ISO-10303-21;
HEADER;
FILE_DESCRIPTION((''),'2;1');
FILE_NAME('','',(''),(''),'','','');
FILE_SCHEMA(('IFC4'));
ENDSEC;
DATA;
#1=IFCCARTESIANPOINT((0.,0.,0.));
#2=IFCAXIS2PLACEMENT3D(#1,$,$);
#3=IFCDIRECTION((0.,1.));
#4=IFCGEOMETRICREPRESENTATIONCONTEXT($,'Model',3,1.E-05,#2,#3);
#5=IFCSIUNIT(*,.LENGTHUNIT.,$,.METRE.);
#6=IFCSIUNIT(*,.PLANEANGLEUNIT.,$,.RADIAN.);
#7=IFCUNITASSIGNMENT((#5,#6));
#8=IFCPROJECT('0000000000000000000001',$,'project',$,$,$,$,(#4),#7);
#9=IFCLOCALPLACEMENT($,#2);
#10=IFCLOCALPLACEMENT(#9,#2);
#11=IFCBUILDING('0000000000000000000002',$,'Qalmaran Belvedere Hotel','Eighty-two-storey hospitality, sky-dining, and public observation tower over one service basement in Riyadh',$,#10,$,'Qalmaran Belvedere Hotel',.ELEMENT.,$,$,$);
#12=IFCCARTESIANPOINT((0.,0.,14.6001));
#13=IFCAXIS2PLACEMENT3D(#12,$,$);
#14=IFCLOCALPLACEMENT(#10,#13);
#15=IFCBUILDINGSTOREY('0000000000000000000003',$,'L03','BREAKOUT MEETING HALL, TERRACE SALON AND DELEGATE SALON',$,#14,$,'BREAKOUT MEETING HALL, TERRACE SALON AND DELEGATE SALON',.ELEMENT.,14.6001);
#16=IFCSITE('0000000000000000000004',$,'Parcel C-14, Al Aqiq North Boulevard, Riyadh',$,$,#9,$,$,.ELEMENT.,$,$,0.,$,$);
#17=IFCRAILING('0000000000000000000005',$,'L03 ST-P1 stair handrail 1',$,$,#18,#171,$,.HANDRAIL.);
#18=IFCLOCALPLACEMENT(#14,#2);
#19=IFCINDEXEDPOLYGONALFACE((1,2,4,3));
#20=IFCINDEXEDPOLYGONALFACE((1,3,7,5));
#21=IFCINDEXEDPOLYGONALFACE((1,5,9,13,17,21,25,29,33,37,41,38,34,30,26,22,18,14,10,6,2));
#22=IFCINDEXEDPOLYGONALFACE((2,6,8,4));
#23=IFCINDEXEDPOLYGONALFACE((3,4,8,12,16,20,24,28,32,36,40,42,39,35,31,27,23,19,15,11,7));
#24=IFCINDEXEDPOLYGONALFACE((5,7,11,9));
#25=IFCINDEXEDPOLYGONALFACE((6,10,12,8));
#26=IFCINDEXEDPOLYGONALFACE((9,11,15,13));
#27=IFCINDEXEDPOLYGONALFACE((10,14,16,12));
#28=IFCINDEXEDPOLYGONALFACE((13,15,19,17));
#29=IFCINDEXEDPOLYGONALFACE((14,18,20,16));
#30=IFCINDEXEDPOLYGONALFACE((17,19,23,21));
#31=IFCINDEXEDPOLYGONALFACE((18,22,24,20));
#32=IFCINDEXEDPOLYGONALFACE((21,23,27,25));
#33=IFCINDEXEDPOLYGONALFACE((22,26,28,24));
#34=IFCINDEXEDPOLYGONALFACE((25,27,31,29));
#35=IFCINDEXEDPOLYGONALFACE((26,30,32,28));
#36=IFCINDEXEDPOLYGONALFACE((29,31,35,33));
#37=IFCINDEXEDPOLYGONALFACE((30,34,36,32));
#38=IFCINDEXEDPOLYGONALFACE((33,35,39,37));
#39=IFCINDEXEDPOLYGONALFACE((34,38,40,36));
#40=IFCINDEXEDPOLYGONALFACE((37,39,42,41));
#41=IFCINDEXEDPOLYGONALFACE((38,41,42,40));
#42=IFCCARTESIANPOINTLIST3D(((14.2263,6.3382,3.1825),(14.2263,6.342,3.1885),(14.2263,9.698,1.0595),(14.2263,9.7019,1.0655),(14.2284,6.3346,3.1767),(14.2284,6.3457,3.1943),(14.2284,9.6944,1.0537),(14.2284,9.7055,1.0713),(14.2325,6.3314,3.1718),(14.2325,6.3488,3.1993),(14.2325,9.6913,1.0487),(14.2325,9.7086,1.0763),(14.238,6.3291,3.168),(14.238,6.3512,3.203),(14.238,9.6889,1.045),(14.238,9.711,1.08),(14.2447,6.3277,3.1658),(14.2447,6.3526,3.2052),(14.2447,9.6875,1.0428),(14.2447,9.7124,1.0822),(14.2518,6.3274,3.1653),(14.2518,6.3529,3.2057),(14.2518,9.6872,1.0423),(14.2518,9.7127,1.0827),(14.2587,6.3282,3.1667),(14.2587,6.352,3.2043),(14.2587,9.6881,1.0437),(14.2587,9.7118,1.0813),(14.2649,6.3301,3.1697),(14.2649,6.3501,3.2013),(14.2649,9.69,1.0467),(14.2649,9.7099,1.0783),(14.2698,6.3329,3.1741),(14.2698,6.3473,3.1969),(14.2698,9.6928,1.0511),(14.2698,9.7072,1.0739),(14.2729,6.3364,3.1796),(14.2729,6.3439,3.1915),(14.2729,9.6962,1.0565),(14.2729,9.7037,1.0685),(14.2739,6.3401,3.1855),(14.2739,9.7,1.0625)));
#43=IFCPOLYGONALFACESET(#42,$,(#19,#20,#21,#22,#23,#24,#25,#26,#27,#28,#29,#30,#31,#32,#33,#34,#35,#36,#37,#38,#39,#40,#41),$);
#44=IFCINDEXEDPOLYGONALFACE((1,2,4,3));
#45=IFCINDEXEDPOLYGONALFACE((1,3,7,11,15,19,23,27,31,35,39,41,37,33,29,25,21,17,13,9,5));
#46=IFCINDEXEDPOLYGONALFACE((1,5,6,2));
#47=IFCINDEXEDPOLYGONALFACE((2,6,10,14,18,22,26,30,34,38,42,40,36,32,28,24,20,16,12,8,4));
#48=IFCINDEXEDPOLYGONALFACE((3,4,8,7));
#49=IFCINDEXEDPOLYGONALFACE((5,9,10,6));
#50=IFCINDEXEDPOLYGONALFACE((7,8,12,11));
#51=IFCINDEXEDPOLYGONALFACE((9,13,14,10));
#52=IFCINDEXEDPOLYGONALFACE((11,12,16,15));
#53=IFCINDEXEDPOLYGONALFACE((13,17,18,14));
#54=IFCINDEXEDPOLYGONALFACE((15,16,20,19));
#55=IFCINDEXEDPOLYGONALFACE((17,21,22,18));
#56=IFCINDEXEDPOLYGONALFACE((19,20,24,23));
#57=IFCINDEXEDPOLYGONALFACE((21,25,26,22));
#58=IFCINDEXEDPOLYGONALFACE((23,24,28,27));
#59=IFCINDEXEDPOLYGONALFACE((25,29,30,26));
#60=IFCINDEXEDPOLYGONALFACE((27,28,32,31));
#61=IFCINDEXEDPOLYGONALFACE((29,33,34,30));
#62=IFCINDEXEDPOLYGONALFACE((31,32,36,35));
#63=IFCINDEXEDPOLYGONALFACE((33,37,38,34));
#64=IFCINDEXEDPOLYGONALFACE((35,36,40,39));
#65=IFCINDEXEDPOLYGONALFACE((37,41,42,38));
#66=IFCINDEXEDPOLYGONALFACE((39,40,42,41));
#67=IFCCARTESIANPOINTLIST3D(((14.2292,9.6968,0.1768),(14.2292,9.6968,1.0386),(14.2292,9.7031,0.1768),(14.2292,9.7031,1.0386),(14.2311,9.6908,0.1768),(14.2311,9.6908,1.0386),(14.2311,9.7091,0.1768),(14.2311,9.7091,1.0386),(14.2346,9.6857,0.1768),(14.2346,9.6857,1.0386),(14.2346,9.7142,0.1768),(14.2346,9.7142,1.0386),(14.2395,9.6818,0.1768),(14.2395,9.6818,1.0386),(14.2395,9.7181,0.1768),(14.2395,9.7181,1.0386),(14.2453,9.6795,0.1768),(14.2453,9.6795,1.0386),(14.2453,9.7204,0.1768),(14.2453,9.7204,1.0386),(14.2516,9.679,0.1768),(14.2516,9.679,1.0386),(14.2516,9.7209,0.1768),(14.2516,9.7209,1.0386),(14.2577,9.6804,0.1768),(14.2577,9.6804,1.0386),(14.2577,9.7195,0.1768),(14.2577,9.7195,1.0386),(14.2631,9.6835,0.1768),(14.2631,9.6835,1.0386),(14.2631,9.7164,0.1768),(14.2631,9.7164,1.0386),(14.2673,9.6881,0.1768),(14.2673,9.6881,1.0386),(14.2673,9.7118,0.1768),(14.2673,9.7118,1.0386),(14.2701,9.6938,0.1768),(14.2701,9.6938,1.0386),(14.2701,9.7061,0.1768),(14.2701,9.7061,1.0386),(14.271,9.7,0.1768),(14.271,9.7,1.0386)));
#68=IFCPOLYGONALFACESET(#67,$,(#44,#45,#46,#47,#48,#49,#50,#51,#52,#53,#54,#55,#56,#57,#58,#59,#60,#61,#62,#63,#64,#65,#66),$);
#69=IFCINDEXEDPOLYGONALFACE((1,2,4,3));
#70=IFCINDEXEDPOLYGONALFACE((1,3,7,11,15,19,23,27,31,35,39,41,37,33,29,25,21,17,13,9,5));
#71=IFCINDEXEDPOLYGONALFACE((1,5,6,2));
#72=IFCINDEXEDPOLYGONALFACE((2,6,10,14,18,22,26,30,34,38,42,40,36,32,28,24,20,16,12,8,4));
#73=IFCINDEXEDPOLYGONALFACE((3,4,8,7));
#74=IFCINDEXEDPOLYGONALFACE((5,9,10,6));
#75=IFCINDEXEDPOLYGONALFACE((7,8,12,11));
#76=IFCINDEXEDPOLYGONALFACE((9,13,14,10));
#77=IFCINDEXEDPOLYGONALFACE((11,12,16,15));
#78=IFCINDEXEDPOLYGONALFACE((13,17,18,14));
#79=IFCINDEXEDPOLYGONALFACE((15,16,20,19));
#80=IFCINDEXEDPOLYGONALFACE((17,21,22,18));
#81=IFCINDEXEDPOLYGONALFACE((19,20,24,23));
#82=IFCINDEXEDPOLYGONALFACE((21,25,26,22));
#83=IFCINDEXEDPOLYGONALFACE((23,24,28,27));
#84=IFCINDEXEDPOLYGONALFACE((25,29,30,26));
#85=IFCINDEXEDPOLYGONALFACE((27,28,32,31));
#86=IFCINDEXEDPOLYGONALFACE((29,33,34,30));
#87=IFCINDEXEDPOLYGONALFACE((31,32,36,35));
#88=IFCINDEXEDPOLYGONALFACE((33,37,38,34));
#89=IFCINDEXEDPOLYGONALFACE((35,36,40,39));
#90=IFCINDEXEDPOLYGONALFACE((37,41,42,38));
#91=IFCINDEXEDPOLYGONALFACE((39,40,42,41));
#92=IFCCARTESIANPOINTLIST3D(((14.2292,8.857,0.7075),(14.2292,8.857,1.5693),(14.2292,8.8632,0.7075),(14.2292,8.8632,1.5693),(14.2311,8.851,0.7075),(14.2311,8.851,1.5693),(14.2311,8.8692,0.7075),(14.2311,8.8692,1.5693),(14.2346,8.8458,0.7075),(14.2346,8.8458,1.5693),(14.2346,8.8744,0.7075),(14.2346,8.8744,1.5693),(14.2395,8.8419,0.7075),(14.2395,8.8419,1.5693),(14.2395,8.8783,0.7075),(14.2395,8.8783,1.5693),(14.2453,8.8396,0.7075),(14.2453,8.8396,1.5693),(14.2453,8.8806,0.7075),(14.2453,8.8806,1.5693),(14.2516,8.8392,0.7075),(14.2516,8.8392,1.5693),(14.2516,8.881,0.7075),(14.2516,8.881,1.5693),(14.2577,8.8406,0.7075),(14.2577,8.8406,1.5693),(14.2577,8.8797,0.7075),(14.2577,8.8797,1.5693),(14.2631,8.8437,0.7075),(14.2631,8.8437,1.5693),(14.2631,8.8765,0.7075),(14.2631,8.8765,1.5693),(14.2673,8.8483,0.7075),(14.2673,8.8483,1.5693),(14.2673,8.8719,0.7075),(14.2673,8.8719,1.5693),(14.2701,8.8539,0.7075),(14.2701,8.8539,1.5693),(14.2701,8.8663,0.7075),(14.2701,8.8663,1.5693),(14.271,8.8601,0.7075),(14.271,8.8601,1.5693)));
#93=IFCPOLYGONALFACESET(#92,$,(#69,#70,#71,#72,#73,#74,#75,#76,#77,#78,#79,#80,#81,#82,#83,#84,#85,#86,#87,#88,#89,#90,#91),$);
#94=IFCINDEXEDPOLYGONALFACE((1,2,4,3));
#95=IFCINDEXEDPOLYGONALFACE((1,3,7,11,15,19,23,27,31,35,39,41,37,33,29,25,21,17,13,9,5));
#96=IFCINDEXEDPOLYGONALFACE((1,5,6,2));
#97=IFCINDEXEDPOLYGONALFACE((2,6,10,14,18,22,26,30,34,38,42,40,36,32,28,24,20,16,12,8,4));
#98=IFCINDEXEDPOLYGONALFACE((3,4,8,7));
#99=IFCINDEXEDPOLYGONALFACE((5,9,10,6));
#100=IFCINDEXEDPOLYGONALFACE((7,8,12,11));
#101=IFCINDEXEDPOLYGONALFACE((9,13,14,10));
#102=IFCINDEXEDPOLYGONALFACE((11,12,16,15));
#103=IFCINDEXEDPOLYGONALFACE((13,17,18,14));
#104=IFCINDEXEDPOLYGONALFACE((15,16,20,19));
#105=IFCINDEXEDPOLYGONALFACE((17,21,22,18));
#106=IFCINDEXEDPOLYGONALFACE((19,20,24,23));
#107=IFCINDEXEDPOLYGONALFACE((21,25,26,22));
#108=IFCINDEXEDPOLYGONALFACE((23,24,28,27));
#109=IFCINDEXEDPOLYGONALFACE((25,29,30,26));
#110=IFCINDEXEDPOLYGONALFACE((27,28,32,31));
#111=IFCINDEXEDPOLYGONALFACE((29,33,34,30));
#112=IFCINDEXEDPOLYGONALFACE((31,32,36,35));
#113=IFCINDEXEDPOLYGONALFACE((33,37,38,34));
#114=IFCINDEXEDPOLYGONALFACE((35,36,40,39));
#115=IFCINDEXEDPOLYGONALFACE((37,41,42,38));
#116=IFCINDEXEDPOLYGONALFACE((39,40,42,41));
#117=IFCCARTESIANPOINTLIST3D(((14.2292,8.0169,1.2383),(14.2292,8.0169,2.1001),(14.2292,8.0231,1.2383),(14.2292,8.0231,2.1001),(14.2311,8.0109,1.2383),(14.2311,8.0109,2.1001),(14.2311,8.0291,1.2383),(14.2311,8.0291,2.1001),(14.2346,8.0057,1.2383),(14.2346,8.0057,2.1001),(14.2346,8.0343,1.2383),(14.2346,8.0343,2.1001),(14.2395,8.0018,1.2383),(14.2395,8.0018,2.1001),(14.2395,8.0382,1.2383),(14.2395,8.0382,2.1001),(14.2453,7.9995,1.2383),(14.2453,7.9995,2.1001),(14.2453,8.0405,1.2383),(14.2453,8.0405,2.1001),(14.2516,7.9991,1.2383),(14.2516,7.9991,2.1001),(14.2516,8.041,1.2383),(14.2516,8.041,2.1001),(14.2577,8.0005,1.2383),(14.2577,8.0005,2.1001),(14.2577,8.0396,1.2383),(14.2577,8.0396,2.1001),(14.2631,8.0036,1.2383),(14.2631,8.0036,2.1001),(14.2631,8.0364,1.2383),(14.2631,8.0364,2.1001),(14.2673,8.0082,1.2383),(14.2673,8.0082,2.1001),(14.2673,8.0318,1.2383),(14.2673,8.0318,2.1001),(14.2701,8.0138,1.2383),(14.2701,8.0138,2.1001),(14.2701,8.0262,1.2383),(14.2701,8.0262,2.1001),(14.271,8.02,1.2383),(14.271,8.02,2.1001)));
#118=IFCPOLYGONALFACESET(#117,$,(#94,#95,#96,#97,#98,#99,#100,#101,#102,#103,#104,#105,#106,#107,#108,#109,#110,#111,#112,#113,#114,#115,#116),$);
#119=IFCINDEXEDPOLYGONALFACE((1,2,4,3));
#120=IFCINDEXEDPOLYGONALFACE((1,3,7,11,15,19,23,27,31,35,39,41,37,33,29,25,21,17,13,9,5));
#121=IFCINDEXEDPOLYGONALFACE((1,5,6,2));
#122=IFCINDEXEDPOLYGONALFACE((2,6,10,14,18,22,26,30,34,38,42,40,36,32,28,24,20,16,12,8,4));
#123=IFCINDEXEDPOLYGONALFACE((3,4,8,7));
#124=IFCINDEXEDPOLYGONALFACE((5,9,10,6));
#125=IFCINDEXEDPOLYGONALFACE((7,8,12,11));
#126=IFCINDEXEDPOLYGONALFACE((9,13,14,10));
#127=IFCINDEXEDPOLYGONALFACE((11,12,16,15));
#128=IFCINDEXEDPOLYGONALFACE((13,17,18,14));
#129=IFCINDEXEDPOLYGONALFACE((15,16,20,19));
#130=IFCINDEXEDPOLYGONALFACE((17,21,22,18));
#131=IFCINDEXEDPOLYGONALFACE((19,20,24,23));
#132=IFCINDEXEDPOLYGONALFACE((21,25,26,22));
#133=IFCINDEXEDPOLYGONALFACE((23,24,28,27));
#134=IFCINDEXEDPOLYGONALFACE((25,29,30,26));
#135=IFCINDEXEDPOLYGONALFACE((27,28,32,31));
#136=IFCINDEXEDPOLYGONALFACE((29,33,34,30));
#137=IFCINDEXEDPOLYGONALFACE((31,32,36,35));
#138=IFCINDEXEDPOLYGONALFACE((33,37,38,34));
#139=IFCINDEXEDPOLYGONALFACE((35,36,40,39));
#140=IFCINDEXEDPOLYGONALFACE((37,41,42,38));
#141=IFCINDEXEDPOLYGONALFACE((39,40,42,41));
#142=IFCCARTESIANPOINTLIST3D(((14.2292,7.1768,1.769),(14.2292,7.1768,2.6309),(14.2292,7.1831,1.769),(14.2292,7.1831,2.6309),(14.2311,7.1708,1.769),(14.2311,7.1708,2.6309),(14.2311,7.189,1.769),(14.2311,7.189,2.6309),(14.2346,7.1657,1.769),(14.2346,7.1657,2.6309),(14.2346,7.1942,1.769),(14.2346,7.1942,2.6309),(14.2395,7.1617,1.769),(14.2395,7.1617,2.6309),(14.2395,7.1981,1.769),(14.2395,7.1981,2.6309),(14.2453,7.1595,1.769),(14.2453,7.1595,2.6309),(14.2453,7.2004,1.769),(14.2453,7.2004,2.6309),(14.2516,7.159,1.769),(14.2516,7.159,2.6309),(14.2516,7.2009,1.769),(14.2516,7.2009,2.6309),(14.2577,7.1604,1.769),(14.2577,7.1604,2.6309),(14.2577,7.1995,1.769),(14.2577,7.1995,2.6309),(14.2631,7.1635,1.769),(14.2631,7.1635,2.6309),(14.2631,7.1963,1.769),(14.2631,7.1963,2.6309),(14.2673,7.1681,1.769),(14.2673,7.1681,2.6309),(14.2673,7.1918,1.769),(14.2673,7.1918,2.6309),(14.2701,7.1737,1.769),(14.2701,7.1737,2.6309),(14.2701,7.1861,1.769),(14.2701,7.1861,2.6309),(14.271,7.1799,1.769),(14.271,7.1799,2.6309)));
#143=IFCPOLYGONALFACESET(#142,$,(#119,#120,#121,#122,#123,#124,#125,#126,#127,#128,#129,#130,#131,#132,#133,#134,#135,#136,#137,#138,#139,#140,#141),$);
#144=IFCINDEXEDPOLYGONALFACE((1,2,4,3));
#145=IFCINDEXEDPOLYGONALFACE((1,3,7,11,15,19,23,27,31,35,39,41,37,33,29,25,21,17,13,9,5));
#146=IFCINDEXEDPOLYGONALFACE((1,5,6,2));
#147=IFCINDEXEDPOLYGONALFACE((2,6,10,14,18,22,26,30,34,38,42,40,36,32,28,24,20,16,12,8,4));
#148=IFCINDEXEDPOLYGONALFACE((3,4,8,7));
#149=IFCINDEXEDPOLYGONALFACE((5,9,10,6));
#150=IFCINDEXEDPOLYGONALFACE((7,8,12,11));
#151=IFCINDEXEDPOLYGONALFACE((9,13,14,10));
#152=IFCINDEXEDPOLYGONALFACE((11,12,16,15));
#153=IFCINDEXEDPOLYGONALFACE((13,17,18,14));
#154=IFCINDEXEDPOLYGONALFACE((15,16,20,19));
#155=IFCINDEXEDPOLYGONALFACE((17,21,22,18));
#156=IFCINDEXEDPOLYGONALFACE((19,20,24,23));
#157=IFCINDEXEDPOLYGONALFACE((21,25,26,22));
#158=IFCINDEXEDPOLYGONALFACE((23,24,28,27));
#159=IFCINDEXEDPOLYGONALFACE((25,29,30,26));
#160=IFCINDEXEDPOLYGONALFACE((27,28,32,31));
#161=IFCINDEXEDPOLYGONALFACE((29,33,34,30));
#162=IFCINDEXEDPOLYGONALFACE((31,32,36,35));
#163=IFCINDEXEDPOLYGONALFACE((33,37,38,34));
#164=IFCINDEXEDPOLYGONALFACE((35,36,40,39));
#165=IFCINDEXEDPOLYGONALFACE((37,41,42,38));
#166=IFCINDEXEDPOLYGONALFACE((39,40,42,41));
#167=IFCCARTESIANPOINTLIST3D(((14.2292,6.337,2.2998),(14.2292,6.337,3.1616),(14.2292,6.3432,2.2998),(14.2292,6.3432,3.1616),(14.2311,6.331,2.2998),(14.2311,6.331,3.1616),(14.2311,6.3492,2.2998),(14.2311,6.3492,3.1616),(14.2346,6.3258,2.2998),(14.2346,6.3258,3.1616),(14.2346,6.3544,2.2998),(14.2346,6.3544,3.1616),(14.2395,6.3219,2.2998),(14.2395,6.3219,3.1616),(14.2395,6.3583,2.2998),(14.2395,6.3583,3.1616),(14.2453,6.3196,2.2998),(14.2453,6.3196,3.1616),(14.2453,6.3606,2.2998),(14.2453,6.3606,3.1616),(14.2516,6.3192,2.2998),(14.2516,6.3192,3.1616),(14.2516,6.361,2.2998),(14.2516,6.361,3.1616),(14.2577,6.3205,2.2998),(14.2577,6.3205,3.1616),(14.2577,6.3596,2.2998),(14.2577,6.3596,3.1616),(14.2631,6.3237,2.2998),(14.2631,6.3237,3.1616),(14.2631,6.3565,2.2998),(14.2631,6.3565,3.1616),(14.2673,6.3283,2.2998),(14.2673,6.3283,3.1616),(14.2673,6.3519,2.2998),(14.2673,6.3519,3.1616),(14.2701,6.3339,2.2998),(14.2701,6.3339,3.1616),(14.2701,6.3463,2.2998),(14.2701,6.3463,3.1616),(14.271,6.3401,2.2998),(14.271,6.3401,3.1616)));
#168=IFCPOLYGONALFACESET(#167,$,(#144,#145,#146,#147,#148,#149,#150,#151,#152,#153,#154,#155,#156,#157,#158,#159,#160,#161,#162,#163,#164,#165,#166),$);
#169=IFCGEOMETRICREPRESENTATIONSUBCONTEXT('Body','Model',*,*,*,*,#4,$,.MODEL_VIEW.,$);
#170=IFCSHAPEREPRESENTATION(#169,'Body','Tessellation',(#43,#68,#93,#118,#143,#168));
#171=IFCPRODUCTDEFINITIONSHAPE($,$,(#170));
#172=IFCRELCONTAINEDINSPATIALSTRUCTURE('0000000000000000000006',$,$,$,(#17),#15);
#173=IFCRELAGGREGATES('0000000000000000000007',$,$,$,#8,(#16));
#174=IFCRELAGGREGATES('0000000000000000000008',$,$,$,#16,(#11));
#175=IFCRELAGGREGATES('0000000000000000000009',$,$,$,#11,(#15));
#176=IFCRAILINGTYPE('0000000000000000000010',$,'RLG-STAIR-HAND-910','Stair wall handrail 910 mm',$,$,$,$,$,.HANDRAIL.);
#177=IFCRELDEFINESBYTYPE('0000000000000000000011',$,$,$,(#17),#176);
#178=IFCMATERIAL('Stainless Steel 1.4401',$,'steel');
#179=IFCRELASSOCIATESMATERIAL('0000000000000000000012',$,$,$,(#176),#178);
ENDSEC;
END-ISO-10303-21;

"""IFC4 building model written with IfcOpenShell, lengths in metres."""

from ifc_helpers import new_model, si_unit, direction, frame, origin, origin_2d, place, context, subcontext, project, spatial, circle, extrude, material, type_object, element, save


model = new_model("IFC4")

# Units and contexts
model_context = context("Model", 3, precision=1e-05, world=origin(), true_north=direction((0.0, 1.0)))
body_context = subcontext(model_context, "Body", "Model", "MODEL_VIEW")
ifc_project = project(units=[si_unit("LENGTHUNIT", "METRE"), si_unit("PLANEANGLEUNIT", "RADIAN")], contexts=[model_context])

# Site, building, storey
site_placement = place(None, origin())
site = spatial("IfcSite", under=ifc_project, at=site_placement, Name="Parcel C-14, Al Aqiq North Boulevard, Riyadh", CompositionType="ELEMENT", RefElevation=0.0)
building_placement = place(site_placement, origin())
building = spatial("IfcBuilding", under=site, at=building_placement, Name="Qalmaran Belvedere Hotel", Description="Eighty-two-storey hospitality, sky-dining, and public observation tower over one service basement in Riyadh", LongName="Qalmaran Belvedere Hotel", CompositionType="ELEMENT")
storey_placement = place(building_placement, frame((0.0, 0.0, 14.6001)))
storey = spatial("IfcBuildingStorey", under=building, at=storey_placement, Name="L03", Description="BREAKOUT MEETING HALL, TERRACE SALON AND DELEGATE SALON", LongName="BREAKOUT MEETING HALL, TERRACE SALON AND DELEGATE SALON", CompositionType="ELEMENT", Elevation=14.6001)

# Railing
ifc_material_1 = material(Name="Stainless Steel 1.4401", Category="steel")
railing_type_1 = type_object("IfcRailingType", Name="RLG-STAIR-HAND-910", Description="Stair wall handrail 910 mm", PredefinedType="HANDRAIL", material=ifc_material_1)
railing_1_placement = place(storey_placement, frame((14.25, 9.7, 0.1768)))
element("IfcRailing", 1, at=railing_1_placement, inside=storey, type_object=railing_type_1, Name="L03 ST-P1 stair handrail 1", PredefinedType="HANDRAIL", context=body_context, shape_type="SweptSolid", body=[
    extrude(circle(Radius=0.0239, at=origin_2d()), frame((0.0, 0.0, 0.8857), z_axis=(0.0, -0.845372, 0.534178), x_axis=(1.0, 0.0, 0.0)), (0.0, 0.0, 1.0), 3.9744),
    extrude(circle(Radius=0.021, at=origin_2d()), origin(), (0.0, 0.0, 1.0), 0.8618),
    extrude(circle(Radius=0.021, at=origin_2d()), frame((0.0, -0.8398, 0.5308)), (0.0, 0.0, 1.0), 0.8618),
    extrude(circle(Radius=0.021, at=origin_2d()), frame((0.0, -1.6799, 1.0615)), (0.0, 0.0, 1.0), 0.8618),
    extrude(circle(Radius=0.021, at=origin_2d()), frame((0.0, -2.52, 1.5923)), (0.0, 0.0, 1.0), 0.8618),
    extrude(circle(Radius=0.021, at=origin_2d()), frame((0.0, -3.3599, 2.123)), (0.0, 0.0, 1.0), 0.8618),
])

save(model, "model.ifc")
